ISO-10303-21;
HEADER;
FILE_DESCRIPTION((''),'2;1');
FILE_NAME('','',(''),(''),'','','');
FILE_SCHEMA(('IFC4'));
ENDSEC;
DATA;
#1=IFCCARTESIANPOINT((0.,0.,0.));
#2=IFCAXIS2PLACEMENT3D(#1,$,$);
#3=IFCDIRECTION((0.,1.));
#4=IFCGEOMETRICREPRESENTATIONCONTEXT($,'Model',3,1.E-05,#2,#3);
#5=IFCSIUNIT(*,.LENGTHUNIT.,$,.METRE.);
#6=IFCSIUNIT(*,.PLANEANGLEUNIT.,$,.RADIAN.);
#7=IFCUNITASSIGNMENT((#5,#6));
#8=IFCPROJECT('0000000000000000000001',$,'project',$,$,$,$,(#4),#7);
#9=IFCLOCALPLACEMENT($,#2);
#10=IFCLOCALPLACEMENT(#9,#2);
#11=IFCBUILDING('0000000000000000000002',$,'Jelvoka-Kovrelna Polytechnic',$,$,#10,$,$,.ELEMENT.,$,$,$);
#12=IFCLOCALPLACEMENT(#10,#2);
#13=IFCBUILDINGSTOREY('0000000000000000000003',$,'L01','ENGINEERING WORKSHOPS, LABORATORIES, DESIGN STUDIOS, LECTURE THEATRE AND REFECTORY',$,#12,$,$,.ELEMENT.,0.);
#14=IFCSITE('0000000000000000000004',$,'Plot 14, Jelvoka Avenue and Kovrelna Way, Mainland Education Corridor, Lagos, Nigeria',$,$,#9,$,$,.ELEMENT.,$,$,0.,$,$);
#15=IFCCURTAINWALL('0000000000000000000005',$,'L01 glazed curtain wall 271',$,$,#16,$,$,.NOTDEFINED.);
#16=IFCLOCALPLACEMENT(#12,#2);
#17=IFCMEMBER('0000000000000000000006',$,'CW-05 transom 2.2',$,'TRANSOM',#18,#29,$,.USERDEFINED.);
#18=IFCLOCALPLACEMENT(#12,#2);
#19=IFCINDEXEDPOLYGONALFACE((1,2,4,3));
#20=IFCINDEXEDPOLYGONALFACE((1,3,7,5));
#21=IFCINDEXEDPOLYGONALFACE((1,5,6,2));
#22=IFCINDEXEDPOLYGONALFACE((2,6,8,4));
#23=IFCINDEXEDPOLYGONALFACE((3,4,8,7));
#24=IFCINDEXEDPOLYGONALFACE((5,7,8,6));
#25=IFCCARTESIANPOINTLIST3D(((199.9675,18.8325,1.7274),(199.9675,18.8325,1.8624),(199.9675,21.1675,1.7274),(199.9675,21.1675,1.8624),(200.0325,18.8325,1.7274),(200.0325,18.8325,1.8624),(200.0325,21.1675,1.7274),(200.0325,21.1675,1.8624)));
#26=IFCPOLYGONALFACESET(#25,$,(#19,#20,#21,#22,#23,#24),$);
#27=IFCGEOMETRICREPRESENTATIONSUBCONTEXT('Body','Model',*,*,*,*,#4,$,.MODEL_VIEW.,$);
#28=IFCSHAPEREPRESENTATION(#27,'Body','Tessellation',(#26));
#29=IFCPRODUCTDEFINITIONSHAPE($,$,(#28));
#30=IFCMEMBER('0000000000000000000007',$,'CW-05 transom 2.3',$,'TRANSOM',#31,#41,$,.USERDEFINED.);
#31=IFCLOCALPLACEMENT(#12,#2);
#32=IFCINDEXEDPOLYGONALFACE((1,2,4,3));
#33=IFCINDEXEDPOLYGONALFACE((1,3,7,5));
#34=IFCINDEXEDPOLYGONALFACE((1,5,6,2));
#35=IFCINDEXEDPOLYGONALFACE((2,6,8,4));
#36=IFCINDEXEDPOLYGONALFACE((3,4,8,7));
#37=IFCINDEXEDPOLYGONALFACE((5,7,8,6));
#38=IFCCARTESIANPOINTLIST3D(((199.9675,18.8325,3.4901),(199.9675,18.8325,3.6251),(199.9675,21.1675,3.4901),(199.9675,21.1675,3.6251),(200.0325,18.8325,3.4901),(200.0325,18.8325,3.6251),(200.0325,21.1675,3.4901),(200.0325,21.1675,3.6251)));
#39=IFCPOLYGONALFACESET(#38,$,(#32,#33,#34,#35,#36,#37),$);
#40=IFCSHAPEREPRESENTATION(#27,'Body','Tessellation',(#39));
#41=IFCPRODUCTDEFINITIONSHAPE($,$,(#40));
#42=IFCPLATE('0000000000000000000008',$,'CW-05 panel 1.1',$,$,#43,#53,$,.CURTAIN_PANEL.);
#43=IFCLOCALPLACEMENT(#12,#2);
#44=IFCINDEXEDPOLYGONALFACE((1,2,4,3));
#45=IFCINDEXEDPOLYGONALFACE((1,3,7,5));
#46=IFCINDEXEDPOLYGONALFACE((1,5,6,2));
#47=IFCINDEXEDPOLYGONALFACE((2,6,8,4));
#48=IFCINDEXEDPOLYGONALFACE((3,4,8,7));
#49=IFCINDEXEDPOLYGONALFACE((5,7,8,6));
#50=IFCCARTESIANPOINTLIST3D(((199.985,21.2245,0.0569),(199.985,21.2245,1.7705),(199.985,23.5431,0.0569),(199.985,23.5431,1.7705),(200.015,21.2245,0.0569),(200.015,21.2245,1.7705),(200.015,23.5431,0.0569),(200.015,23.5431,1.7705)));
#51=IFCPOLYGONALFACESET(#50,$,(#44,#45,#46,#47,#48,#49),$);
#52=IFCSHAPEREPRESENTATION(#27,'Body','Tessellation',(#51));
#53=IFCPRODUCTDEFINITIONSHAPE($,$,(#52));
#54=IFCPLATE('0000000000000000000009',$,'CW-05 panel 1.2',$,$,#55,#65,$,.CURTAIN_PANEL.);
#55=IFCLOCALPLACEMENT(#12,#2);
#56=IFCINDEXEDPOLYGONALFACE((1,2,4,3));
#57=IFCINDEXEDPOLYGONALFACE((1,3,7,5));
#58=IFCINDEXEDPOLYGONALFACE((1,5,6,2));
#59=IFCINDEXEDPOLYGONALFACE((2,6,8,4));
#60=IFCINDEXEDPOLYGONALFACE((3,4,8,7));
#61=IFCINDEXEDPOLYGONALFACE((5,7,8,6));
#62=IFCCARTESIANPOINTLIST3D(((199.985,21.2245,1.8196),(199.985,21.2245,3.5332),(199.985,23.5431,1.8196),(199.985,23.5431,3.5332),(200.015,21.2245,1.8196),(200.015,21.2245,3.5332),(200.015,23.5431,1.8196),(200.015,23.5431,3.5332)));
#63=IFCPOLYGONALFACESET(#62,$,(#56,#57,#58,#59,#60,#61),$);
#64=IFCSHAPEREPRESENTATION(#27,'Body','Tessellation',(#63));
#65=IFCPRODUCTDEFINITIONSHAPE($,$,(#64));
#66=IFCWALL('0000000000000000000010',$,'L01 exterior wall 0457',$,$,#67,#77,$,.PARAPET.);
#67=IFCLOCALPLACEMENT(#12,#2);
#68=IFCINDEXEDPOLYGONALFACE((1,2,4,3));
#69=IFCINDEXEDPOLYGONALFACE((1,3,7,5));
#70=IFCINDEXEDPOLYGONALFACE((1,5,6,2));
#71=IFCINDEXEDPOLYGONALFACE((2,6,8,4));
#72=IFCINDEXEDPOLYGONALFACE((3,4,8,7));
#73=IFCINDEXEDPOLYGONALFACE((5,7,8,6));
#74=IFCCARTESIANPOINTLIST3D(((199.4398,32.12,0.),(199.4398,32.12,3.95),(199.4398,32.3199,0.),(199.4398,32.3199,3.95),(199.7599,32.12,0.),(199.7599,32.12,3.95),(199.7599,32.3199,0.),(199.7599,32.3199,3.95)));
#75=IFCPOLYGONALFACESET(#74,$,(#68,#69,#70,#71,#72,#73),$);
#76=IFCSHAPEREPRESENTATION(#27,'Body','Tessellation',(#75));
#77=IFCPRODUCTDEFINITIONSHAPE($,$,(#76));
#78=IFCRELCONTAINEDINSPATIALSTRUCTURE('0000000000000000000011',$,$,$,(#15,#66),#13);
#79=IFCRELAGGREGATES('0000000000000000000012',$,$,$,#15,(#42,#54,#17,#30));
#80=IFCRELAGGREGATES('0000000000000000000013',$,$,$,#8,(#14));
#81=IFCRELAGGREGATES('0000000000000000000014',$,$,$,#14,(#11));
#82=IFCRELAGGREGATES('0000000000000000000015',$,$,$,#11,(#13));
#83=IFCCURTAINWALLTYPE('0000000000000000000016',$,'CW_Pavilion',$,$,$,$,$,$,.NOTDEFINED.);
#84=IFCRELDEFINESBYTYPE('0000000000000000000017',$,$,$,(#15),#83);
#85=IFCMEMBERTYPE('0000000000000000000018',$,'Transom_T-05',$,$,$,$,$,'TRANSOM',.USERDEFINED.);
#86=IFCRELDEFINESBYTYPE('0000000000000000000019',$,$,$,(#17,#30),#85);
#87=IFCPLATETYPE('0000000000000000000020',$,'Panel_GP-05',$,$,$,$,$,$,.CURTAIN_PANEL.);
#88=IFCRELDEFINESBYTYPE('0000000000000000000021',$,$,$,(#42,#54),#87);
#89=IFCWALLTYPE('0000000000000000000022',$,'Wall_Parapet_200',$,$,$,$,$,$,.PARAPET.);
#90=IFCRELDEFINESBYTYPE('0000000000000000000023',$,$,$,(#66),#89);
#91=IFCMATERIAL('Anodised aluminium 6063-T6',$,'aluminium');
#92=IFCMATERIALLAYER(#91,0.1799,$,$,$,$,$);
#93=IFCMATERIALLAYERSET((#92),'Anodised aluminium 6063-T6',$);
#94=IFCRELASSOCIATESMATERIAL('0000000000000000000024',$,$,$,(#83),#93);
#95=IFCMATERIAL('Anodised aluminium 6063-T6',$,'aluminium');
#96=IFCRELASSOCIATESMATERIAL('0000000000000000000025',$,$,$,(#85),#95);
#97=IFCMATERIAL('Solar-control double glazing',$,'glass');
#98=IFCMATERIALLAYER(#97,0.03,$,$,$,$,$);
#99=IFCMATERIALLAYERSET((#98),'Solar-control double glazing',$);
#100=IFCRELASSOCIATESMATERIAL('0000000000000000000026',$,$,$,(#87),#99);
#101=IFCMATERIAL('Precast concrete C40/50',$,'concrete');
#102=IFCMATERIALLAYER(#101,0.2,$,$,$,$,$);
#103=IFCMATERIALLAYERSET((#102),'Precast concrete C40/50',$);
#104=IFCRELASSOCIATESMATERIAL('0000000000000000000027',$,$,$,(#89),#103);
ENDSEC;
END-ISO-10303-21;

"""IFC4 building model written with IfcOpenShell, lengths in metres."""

from ifc_helpers import new_model, si_unit, direction, frame, frame_2d, origin, origin_2d, place, context, subcontext, project, spatial, rectangle, extrude, material, layer, layer_set, material_profile, profile_set, type_object, element, aggregate, save


model = new_model("IFC4")

# Units and contexts
model_context = context("Model", 3, precision=1e-05, world=origin(), true_north=direction((0.0, 1.0)))
body_context = subcontext(model_context, "Body", "Model", "MODEL_VIEW")
ifc_project = project(units=[si_unit("LENGTHUNIT", "METRE"), si_unit("PLANEANGLEUNIT", "RADIAN")], contexts=[model_context])

# Site, building, storey
site_placement = place(None, origin())
site = spatial("IfcSite", under=ifc_project, at=site_placement, Name="Plot 14, Jelvoka Avenue and Kovrelna Way, Mainland Education Corridor, Lagos, Nigeria", CompositionType="ELEMENT", RefElevation=0.0)
building_placement = place(site_placement, origin())
building = spatial("IfcBuilding", under=site, at=building_placement, Name="Jelvoka-Kovrelna Polytechnic", CompositionType="ELEMENT")
storey_placement = place(building_placement, origin())
storey = spatial("IfcBuildingStorey", under=building, at=storey_placement, Name="L01", Description="ENGINEERING WORKSHOPS, LABORATORIES, DESIGN STUDIOS, LECTURE THEATRE AND REFECTORY", CompositionType="ELEMENT", Elevation=0.0)

# Curtain wall
ifc_material_1 = material(Name="Anodised aluminium 6063-T6", Category="aluminium")
ifc_layer_1 = layer(ifc_material_1, 0.1799)
ifc_layer_set_1 = layer_set([ifc_layer_1], Name="Anodised aluminium 6063-T6")
curtain_wall_type_1 = type_object("IfcCurtainWallType", Name="CW_Pavilion", PredefinedType="NOTDEFINED", material=ifc_layer_set_1)
curtain_wall_1_placement = place(storey_placement, origin())
curtain_wall_1 = element("IfcCurtainWall", 1, at=curtain_wall_1_placement, inside=storey, type_object=curtain_wall_type_1, Name="L01 glazed curtain wall 271", PredefinedType="NOTDEFINED")

# Members
ifc_material_2 = material(Name="Anodised aluminium 6063-T6", Category="aluminium")
ifc_material_profile_1 = material_profile(ifc_material_2, rectangle(XDim=0.0649, YDim=0.135, at=origin_2d()), Name="ALU 65x135")
ifc_profile_set_1 = profile_set([ifc_material_profile_1], Name="Anodised aluminium 6063-T6")
member_type_1 = type_object("IfcMemberType", Name="Transom_T-05", ElementType="TRANSOM", PredefinedType="USERDEFINED", material=ifc_profile_set_1)
member_1_placement = place(storey_placement, frame((200.0, 21.1675, 1.7949), z_axis=(0.0, -1.0, 0.0), x_axis=(1.0, 0.0, 0.0)))
member_1 = element("IfcMember", 2, at=member_1_placement, type_object=member_type_1, Name="CW-05 transom 2.2", ObjectType="TRANSOM", PredefinedType="USERDEFINED", context=body_context, shape_type="SweptSolid", body=[
    extrude(rectangle(XDim=0.0649, YDim=0.135, at=origin_2d()), origin(), (0.0, 0.0, 1.0), 2.335),
])
member_2_placement = place(storey_placement, frame((200.0, 21.1675, 3.5576), z_axis=(0.0, -1.0, 0.0), x_axis=(1.0, 0.0, 0.0)))
member_2 = element("IfcMember", 3, at=member_2_placement, type_object=member_type_1, Name="CW-05 transom 2.3", ObjectType="TRANSOM", PredefinedType="USERDEFINED", context=body_context, shape_type="SweptSolid", body=[
    extrude(rectangle(XDim=0.0649, YDim=0.135, at=origin_2d()), origin(), (0.0, 0.0, 1.0), 2.335),
])

# Plates
ifc_material_3 = material(Name="Solar-control double glazing", Category="glass")
ifc_layer_2 = layer(ifc_material_3, 0.03)
ifc_layer_set_2 = layer_set([ifc_layer_2], Name="Solar-control double glazing")
plate_type = type_object("IfcPlateType", Name="Panel_GP-05", PredefinedType="CURTAIN_PANEL", material=ifc_layer_set_2)
plate_1_placement = place(storey_placement, frame((200.0, 22.3838, 0.0569), z_axis=(0.0, 0.0, 1.0), x_axis=(0.0, -1.0, 0.0)))
plate_1 = element("IfcPlate", 4, at=plate_1_placement, type_object=plate_type, Name="CW-05 panel 1.1", PredefinedType="CURTAIN_PANEL", context=body_context, shape_type="SweptSolid", body=[
    extrude(rectangle(XDim=2.3186, YDim=0.03, at=origin_2d()), origin(), (0.0, 0.0, 1.0), 1.7136),
])
plate_2_placement = place(storey_placement, frame((200.0, 22.3838, 1.8196), z_axis=(0.0, 0.0, 1.0), x_axis=(0.0, -1.0, 0.0)))
plate_2 = element("IfcPlate", 5, at=plate_2_placement, type_object=plate_type, Name="CW-05 panel 1.2", PredefinedType="CURTAIN_PANEL", context=body_context, shape_type="SweptSolid", body=[
    extrude(rectangle(XDim=2.3186, YDim=0.03, at=origin_2d()), origin(), (0.0, 0.0, 1.0), 1.7136),
])
aggregate(curtain_wall_1, [plate_1, plate_2, member_1, member_2])

# Wall
ifc_material_4 = material(Name="Precast concrete C40/50", Category="concrete")
ifc_layer_3 = layer(ifc_material_4, 0.2)
ifc_layer_set_3 = layer_set([ifc_layer_3], Name="Precast concrete C40/50")
wall_type_1 = type_object("IfcWallType", Name="Wall_Parapet_200", PredefinedType="PARAPET", material=ifc_layer_set_3)
wall_1_placement = place(storey_placement, frame((199.76, 32.22, 0.0), z_axis=(0.0, 0.0, 1.0), x_axis=(-1.0, 0.0, 0.0)))
element("IfcWall", 6, at=wall_1_placement, inside=storey, type_object=wall_type_1, Name="L01 exterior wall 0457", PredefinedType="PARAPET", context=body_context, shape_type="SweptSolid", body=[
    extrude(rectangle(XDim=0.3201, YDim=0.2, at=frame_2d((0.1602, 0.0))), origin(), (0.0, 0.0, 1.0), 3.95),
])

save(model, "model.ifc")
